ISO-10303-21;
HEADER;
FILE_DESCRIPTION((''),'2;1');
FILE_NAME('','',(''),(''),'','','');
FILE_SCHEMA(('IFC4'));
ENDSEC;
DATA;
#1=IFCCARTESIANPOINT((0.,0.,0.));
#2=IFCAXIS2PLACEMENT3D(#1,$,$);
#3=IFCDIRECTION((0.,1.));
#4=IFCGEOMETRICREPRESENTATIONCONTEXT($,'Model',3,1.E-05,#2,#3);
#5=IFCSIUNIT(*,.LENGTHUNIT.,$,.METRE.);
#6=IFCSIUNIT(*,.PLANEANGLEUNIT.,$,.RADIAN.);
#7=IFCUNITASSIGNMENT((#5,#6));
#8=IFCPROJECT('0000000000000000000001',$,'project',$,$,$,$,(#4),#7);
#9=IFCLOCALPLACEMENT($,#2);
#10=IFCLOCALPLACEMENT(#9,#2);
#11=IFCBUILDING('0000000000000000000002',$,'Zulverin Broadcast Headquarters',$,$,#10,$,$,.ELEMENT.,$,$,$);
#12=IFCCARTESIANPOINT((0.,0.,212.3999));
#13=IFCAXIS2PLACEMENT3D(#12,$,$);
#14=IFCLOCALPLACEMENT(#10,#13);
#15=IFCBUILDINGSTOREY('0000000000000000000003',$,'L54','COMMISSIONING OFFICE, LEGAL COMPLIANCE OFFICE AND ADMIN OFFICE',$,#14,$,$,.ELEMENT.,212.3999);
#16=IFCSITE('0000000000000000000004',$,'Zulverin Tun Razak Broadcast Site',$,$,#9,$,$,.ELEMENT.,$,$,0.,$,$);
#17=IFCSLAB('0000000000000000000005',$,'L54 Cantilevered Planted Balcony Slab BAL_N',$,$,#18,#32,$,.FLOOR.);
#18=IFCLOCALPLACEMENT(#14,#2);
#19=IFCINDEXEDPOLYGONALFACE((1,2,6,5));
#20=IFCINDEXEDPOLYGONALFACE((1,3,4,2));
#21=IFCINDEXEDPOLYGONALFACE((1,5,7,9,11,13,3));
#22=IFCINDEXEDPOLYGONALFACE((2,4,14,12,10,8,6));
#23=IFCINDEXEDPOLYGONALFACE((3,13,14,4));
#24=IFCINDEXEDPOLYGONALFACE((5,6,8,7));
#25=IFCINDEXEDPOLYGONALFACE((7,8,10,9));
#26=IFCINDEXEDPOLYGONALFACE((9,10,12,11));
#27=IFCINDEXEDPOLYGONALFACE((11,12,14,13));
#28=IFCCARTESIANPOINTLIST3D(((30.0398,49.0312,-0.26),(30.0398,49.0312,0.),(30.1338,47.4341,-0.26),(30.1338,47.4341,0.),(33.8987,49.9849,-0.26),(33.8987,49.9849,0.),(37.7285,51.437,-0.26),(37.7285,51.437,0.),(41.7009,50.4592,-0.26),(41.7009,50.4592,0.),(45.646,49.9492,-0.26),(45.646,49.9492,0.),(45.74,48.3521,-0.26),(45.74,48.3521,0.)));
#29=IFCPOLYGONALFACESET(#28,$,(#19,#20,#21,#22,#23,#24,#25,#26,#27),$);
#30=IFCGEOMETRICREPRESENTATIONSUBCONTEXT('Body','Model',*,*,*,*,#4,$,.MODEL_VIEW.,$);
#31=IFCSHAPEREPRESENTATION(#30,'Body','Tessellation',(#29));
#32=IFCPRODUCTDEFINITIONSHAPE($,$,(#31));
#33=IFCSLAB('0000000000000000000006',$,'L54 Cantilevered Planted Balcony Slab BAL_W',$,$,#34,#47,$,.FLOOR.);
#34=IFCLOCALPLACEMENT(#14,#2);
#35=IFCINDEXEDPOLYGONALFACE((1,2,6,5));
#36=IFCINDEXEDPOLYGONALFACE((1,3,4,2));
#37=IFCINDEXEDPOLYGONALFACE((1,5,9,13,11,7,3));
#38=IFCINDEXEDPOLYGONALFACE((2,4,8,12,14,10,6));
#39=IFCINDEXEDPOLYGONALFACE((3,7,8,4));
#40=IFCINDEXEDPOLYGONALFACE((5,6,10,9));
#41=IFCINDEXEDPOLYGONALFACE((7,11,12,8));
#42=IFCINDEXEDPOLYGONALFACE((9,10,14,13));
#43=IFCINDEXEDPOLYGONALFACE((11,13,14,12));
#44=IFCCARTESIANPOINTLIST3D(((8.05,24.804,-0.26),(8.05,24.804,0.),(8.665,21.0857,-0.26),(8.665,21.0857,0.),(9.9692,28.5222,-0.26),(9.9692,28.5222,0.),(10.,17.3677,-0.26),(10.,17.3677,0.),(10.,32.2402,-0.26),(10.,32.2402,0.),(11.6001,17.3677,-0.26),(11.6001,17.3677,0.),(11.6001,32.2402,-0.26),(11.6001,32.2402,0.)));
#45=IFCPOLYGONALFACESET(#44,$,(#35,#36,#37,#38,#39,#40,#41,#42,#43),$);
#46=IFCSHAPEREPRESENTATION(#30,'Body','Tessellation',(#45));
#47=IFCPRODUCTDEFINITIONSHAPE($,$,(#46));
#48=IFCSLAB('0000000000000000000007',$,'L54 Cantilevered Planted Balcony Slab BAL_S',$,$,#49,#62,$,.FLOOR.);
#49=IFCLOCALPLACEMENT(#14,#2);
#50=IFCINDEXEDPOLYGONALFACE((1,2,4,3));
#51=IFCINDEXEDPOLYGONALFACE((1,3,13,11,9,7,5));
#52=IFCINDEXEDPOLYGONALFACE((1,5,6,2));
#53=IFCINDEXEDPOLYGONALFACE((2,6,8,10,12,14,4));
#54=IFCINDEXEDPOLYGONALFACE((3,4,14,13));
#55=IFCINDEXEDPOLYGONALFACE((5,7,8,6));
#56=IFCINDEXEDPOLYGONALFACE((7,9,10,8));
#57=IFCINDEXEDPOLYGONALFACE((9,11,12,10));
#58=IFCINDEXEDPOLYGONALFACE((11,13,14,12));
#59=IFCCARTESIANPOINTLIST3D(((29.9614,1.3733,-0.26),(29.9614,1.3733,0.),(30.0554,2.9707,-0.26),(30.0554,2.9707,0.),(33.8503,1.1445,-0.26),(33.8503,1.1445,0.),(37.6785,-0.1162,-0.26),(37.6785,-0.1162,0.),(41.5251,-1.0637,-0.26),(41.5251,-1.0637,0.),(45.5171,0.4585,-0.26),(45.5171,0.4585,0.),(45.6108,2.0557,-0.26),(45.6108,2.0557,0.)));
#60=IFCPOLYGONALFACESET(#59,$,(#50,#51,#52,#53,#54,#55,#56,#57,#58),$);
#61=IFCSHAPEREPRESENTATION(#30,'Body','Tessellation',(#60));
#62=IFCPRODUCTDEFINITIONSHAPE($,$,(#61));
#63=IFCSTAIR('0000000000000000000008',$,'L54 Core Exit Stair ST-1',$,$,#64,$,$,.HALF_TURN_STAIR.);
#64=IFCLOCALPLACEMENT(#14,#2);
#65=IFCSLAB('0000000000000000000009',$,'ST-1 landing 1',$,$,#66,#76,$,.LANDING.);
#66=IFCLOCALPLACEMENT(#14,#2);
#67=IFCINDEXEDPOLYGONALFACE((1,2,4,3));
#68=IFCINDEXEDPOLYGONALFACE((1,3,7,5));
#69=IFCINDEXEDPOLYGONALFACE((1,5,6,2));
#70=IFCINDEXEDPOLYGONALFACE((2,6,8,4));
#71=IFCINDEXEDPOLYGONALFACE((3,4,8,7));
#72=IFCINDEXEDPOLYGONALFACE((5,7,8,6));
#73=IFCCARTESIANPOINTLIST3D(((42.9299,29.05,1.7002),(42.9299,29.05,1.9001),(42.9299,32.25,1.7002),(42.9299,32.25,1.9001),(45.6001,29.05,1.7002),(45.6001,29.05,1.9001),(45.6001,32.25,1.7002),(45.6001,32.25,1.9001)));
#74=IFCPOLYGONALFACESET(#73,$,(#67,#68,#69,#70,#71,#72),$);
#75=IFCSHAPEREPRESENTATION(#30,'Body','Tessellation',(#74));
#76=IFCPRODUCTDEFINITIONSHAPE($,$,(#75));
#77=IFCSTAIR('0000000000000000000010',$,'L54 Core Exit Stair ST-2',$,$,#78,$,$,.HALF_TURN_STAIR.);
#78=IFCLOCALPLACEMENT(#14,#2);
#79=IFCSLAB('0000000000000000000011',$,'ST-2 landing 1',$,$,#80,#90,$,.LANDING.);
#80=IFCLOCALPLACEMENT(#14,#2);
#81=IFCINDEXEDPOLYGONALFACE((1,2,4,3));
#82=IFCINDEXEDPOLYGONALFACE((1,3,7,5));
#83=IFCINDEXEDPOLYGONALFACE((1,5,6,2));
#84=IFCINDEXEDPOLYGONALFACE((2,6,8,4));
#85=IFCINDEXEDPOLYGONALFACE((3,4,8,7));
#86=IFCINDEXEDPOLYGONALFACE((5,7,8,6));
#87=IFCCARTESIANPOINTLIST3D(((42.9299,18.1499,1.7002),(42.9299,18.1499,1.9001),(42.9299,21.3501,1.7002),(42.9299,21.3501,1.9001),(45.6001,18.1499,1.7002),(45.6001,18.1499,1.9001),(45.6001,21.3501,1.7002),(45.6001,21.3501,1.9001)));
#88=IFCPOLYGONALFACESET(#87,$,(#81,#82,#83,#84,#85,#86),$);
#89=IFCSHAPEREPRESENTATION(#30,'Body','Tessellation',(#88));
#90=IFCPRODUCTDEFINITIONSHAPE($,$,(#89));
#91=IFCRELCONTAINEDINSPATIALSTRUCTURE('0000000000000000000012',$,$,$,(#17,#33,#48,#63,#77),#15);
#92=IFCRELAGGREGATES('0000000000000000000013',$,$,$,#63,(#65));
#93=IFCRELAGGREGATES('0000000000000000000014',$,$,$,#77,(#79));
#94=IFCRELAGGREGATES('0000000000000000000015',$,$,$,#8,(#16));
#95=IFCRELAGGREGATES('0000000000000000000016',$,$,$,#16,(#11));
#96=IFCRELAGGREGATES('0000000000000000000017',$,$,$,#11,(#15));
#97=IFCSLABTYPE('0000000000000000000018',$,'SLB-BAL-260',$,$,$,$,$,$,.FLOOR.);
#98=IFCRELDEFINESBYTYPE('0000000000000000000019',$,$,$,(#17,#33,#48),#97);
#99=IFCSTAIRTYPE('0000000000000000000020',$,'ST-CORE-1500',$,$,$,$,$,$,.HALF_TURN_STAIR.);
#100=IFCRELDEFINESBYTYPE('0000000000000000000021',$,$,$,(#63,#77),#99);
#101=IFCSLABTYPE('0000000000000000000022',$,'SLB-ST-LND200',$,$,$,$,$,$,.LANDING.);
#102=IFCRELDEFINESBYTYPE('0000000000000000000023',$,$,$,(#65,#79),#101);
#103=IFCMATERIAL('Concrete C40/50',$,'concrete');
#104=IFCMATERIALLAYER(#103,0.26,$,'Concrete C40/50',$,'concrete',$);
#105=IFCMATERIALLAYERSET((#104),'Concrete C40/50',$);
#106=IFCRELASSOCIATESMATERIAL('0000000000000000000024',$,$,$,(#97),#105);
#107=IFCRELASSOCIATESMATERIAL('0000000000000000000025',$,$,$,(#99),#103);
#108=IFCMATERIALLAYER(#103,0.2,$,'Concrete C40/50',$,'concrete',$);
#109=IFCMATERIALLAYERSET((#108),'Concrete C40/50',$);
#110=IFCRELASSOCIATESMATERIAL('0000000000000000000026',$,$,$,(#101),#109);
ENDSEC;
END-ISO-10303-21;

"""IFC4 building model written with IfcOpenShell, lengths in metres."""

from ifc_helpers import new_model, si_unit, direction, frame, origin, place, context, subcontext, project, spatial, polyline, outline, extrude, material, layer, layer_set, type_object, element, aggregate, save


model = new_model("IFC4")

# Units and contexts
model_context = context("Model", 3, precision=1e-05, world=origin(), true_north=direction((0.0, 1.0)))
body_context = subcontext(model_context, "Body", "Model", "MODEL_VIEW")
ifc_project = project(units=[si_unit("LENGTHUNIT", "METRE"), si_unit("PLANEANGLEUNIT", "RADIAN")], contexts=[model_context])

# Site, building, storey
site_placement = place(None, origin())
site = spatial("IfcSite", under=ifc_project, at=site_placement, Name="Zulverin Tun Razak Broadcast Site", CompositionType="ELEMENT", RefElevation=0.0)
building_placement = place(site_placement, origin())
building = spatial("IfcBuilding", under=site, at=building_placement, Name="Zulverin Broadcast Headquarters", CompositionType="ELEMENT")
storey_placement = place(building_placement, frame((0.0, 0.0, 212.3999)))
storey = spatial("IfcBuildingStorey", under=building, at=storey_placement, Name="L54", Description="COMMISSIONING OFFICE, LEGAL COMPLIANCE OFFICE AND ADMIN OFFICE", CompositionType="ELEMENT", Elevation=212.3999)

# Slabs
ifc_material_1 = material(Name="Concrete C40/50", Category="concrete")
ifc_layer_1 = layer(ifc_material_1, 0.26, Name="Concrete C40/50", Category="concrete")
ifc_layer_set_1 = layer_set([ifc_layer_1], Name="Concrete C40/50")
slab_type_1 = type_object("IfcSlabType", Name="SLB-BAL-260", PredefinedType="FLOOR", material=ifc_layer_set_1)
slab_1_placement = place(storey_placement, frame((0.0, 0.0, -0.26)))
element("IfcSlab", 1, at=slab_1_placement, inside=storey, type_object=slab_type_1, Name="L54 Cantilevered Planted Balcony Slab BAL_N", PredefinedType="FLOOR", context=body_context, shape_type="SweptSolid", body=[
    extrude(outline(polyline([(30.1338, 47.4341), (45.74, 48.3521), (45.646, 49.9492), (41.7009, 50.4592), (37.7285, 51.437), (33.8987, 49.9849), (30.0398, 49.0312), (30.1338, 47.4341)])), origin(), (0.0, 0.0, 1.0), 0.26),
])
slab_2_placement = place(storey_placement, frame((0.0, 0.0, -0.26)))
element("IfcSlab", 2, at=slab_2_placement, inside=storey, type_object=slab_type_1, Name="L54 Cantilevered Planted Balcony Slab BAL_W", PredefinedType="FLOOR", context=body_context, shape_type="SweptSolid", body=[
    extrude(outline(polyline([(11.6001, 17.3677), (11.6001, 32.2402), (10.0, 32.2402), (9.9692, 28.5222), (8.05, 24.804), (8.665, 21.0857), (10.0, 17.3677), (11.6001, 17.3677)])), origin(), (0.0, 0.0, 1.0), 0.26),
])
slab_3_placement = place(storey_placement, frame((0.0, 0.0, -0.26)))
element("IfcSlab", 3, at=slab_3_placement, inside=storey, type_object=slab_type_1, Name="L54 Cantilevered Planted Balcony Slab BAL_S", PredefinedType="FLOOR", context=body_context, shape_type="SweptSolid", body=[
    extrude(outline(polyline([(45.6108, 2.0557), (30.0554, 2.9707), (29.9614, 1.3733), (33.8503, 1.1445), (37.6785, -0.1162), (41.5251, -1.0637), (45.5171, 0.4585), (45.6108, 2.0557)])), origin(), (0.0, 0.0, 1.0), 0.26),
])

# Stairs, slabs
stair_type = type_object("IfcStairType", Name="ST-CORE-1500", PredefinedType="HALF_TURN_STAIR", material=ifc_material_1)
stair_1_placement = place(storey_placement, origin())
stair_1 = element("IfcStair", 4, at=stair_1_placement, inside=storey, type_object=stair_type, Name="L54 Core Exit Stair ST-1", PredefinedType="HALF_TURN_STAIR")
ifc_layer_2 = layer(ifc_material_1, 0.2, Name="Concrete C40/50", Category="concrete")
ifc_layer_set_2 = layer_set([ifc_layer_2], Name="Concrete C40/50")
slab_type_2 = type_object("IfcSlabType", Name="SLB-ST-LND200", PredefinedType="LANDING", material=ifc_layer_set_2)
slab_4_placement = place(storey_placement, frame((0.0, 0.0, 1.7002)))
slab_4 = element("IfcSlab", 5, at=slab_4_placement, type_object=slab_type_2, Name="ST-1 landing 1", PredefinedType="LANDING", context=body_context, shape_type="SweptSolid", body=[
    extrude(outline(polyline([(42.9299, 29.05), (45.6001, 29.05), (45.6001, 32.25), (42.9299, 32.25), (42.9299, 29.05)])), origin(), (0.0, 0.0, 1.0), 0.2),
])
aggregate(stair_1, [slab_4])
stair_2_placement = place(storey_placement, origin())
stair_2 = element("IfcStair", 6, at=stair_2_placement, inside=storey, type_object=stair_type, Name="L54 Core Exit Stair ST-2", PredefinedType="HALF_TURN_STAIR")
slab_5_placement = place(storey_placement, frame((0.0, 0.0, 1.7002)))
slab_5 = element("IfcSlab", 7, at=slab_5_placement, type_object=slab_type_2, Name="ST-2 landing 1", PredefinedType="LANDING", context=body_context, shape_type="SweptSolid", body=[
    extrude(outline(polyline([(42.9299, 18.1499), (45.6001, 18.1499), (45.6001, 21.3501), (42.9299, 21.3501), (42.9299, 18.1499)])), origin(), (0.0, 0.0, 1.0), 0.2),
])
aggregate(stair_2, [slab_5])

save(model, "model.ifc")
